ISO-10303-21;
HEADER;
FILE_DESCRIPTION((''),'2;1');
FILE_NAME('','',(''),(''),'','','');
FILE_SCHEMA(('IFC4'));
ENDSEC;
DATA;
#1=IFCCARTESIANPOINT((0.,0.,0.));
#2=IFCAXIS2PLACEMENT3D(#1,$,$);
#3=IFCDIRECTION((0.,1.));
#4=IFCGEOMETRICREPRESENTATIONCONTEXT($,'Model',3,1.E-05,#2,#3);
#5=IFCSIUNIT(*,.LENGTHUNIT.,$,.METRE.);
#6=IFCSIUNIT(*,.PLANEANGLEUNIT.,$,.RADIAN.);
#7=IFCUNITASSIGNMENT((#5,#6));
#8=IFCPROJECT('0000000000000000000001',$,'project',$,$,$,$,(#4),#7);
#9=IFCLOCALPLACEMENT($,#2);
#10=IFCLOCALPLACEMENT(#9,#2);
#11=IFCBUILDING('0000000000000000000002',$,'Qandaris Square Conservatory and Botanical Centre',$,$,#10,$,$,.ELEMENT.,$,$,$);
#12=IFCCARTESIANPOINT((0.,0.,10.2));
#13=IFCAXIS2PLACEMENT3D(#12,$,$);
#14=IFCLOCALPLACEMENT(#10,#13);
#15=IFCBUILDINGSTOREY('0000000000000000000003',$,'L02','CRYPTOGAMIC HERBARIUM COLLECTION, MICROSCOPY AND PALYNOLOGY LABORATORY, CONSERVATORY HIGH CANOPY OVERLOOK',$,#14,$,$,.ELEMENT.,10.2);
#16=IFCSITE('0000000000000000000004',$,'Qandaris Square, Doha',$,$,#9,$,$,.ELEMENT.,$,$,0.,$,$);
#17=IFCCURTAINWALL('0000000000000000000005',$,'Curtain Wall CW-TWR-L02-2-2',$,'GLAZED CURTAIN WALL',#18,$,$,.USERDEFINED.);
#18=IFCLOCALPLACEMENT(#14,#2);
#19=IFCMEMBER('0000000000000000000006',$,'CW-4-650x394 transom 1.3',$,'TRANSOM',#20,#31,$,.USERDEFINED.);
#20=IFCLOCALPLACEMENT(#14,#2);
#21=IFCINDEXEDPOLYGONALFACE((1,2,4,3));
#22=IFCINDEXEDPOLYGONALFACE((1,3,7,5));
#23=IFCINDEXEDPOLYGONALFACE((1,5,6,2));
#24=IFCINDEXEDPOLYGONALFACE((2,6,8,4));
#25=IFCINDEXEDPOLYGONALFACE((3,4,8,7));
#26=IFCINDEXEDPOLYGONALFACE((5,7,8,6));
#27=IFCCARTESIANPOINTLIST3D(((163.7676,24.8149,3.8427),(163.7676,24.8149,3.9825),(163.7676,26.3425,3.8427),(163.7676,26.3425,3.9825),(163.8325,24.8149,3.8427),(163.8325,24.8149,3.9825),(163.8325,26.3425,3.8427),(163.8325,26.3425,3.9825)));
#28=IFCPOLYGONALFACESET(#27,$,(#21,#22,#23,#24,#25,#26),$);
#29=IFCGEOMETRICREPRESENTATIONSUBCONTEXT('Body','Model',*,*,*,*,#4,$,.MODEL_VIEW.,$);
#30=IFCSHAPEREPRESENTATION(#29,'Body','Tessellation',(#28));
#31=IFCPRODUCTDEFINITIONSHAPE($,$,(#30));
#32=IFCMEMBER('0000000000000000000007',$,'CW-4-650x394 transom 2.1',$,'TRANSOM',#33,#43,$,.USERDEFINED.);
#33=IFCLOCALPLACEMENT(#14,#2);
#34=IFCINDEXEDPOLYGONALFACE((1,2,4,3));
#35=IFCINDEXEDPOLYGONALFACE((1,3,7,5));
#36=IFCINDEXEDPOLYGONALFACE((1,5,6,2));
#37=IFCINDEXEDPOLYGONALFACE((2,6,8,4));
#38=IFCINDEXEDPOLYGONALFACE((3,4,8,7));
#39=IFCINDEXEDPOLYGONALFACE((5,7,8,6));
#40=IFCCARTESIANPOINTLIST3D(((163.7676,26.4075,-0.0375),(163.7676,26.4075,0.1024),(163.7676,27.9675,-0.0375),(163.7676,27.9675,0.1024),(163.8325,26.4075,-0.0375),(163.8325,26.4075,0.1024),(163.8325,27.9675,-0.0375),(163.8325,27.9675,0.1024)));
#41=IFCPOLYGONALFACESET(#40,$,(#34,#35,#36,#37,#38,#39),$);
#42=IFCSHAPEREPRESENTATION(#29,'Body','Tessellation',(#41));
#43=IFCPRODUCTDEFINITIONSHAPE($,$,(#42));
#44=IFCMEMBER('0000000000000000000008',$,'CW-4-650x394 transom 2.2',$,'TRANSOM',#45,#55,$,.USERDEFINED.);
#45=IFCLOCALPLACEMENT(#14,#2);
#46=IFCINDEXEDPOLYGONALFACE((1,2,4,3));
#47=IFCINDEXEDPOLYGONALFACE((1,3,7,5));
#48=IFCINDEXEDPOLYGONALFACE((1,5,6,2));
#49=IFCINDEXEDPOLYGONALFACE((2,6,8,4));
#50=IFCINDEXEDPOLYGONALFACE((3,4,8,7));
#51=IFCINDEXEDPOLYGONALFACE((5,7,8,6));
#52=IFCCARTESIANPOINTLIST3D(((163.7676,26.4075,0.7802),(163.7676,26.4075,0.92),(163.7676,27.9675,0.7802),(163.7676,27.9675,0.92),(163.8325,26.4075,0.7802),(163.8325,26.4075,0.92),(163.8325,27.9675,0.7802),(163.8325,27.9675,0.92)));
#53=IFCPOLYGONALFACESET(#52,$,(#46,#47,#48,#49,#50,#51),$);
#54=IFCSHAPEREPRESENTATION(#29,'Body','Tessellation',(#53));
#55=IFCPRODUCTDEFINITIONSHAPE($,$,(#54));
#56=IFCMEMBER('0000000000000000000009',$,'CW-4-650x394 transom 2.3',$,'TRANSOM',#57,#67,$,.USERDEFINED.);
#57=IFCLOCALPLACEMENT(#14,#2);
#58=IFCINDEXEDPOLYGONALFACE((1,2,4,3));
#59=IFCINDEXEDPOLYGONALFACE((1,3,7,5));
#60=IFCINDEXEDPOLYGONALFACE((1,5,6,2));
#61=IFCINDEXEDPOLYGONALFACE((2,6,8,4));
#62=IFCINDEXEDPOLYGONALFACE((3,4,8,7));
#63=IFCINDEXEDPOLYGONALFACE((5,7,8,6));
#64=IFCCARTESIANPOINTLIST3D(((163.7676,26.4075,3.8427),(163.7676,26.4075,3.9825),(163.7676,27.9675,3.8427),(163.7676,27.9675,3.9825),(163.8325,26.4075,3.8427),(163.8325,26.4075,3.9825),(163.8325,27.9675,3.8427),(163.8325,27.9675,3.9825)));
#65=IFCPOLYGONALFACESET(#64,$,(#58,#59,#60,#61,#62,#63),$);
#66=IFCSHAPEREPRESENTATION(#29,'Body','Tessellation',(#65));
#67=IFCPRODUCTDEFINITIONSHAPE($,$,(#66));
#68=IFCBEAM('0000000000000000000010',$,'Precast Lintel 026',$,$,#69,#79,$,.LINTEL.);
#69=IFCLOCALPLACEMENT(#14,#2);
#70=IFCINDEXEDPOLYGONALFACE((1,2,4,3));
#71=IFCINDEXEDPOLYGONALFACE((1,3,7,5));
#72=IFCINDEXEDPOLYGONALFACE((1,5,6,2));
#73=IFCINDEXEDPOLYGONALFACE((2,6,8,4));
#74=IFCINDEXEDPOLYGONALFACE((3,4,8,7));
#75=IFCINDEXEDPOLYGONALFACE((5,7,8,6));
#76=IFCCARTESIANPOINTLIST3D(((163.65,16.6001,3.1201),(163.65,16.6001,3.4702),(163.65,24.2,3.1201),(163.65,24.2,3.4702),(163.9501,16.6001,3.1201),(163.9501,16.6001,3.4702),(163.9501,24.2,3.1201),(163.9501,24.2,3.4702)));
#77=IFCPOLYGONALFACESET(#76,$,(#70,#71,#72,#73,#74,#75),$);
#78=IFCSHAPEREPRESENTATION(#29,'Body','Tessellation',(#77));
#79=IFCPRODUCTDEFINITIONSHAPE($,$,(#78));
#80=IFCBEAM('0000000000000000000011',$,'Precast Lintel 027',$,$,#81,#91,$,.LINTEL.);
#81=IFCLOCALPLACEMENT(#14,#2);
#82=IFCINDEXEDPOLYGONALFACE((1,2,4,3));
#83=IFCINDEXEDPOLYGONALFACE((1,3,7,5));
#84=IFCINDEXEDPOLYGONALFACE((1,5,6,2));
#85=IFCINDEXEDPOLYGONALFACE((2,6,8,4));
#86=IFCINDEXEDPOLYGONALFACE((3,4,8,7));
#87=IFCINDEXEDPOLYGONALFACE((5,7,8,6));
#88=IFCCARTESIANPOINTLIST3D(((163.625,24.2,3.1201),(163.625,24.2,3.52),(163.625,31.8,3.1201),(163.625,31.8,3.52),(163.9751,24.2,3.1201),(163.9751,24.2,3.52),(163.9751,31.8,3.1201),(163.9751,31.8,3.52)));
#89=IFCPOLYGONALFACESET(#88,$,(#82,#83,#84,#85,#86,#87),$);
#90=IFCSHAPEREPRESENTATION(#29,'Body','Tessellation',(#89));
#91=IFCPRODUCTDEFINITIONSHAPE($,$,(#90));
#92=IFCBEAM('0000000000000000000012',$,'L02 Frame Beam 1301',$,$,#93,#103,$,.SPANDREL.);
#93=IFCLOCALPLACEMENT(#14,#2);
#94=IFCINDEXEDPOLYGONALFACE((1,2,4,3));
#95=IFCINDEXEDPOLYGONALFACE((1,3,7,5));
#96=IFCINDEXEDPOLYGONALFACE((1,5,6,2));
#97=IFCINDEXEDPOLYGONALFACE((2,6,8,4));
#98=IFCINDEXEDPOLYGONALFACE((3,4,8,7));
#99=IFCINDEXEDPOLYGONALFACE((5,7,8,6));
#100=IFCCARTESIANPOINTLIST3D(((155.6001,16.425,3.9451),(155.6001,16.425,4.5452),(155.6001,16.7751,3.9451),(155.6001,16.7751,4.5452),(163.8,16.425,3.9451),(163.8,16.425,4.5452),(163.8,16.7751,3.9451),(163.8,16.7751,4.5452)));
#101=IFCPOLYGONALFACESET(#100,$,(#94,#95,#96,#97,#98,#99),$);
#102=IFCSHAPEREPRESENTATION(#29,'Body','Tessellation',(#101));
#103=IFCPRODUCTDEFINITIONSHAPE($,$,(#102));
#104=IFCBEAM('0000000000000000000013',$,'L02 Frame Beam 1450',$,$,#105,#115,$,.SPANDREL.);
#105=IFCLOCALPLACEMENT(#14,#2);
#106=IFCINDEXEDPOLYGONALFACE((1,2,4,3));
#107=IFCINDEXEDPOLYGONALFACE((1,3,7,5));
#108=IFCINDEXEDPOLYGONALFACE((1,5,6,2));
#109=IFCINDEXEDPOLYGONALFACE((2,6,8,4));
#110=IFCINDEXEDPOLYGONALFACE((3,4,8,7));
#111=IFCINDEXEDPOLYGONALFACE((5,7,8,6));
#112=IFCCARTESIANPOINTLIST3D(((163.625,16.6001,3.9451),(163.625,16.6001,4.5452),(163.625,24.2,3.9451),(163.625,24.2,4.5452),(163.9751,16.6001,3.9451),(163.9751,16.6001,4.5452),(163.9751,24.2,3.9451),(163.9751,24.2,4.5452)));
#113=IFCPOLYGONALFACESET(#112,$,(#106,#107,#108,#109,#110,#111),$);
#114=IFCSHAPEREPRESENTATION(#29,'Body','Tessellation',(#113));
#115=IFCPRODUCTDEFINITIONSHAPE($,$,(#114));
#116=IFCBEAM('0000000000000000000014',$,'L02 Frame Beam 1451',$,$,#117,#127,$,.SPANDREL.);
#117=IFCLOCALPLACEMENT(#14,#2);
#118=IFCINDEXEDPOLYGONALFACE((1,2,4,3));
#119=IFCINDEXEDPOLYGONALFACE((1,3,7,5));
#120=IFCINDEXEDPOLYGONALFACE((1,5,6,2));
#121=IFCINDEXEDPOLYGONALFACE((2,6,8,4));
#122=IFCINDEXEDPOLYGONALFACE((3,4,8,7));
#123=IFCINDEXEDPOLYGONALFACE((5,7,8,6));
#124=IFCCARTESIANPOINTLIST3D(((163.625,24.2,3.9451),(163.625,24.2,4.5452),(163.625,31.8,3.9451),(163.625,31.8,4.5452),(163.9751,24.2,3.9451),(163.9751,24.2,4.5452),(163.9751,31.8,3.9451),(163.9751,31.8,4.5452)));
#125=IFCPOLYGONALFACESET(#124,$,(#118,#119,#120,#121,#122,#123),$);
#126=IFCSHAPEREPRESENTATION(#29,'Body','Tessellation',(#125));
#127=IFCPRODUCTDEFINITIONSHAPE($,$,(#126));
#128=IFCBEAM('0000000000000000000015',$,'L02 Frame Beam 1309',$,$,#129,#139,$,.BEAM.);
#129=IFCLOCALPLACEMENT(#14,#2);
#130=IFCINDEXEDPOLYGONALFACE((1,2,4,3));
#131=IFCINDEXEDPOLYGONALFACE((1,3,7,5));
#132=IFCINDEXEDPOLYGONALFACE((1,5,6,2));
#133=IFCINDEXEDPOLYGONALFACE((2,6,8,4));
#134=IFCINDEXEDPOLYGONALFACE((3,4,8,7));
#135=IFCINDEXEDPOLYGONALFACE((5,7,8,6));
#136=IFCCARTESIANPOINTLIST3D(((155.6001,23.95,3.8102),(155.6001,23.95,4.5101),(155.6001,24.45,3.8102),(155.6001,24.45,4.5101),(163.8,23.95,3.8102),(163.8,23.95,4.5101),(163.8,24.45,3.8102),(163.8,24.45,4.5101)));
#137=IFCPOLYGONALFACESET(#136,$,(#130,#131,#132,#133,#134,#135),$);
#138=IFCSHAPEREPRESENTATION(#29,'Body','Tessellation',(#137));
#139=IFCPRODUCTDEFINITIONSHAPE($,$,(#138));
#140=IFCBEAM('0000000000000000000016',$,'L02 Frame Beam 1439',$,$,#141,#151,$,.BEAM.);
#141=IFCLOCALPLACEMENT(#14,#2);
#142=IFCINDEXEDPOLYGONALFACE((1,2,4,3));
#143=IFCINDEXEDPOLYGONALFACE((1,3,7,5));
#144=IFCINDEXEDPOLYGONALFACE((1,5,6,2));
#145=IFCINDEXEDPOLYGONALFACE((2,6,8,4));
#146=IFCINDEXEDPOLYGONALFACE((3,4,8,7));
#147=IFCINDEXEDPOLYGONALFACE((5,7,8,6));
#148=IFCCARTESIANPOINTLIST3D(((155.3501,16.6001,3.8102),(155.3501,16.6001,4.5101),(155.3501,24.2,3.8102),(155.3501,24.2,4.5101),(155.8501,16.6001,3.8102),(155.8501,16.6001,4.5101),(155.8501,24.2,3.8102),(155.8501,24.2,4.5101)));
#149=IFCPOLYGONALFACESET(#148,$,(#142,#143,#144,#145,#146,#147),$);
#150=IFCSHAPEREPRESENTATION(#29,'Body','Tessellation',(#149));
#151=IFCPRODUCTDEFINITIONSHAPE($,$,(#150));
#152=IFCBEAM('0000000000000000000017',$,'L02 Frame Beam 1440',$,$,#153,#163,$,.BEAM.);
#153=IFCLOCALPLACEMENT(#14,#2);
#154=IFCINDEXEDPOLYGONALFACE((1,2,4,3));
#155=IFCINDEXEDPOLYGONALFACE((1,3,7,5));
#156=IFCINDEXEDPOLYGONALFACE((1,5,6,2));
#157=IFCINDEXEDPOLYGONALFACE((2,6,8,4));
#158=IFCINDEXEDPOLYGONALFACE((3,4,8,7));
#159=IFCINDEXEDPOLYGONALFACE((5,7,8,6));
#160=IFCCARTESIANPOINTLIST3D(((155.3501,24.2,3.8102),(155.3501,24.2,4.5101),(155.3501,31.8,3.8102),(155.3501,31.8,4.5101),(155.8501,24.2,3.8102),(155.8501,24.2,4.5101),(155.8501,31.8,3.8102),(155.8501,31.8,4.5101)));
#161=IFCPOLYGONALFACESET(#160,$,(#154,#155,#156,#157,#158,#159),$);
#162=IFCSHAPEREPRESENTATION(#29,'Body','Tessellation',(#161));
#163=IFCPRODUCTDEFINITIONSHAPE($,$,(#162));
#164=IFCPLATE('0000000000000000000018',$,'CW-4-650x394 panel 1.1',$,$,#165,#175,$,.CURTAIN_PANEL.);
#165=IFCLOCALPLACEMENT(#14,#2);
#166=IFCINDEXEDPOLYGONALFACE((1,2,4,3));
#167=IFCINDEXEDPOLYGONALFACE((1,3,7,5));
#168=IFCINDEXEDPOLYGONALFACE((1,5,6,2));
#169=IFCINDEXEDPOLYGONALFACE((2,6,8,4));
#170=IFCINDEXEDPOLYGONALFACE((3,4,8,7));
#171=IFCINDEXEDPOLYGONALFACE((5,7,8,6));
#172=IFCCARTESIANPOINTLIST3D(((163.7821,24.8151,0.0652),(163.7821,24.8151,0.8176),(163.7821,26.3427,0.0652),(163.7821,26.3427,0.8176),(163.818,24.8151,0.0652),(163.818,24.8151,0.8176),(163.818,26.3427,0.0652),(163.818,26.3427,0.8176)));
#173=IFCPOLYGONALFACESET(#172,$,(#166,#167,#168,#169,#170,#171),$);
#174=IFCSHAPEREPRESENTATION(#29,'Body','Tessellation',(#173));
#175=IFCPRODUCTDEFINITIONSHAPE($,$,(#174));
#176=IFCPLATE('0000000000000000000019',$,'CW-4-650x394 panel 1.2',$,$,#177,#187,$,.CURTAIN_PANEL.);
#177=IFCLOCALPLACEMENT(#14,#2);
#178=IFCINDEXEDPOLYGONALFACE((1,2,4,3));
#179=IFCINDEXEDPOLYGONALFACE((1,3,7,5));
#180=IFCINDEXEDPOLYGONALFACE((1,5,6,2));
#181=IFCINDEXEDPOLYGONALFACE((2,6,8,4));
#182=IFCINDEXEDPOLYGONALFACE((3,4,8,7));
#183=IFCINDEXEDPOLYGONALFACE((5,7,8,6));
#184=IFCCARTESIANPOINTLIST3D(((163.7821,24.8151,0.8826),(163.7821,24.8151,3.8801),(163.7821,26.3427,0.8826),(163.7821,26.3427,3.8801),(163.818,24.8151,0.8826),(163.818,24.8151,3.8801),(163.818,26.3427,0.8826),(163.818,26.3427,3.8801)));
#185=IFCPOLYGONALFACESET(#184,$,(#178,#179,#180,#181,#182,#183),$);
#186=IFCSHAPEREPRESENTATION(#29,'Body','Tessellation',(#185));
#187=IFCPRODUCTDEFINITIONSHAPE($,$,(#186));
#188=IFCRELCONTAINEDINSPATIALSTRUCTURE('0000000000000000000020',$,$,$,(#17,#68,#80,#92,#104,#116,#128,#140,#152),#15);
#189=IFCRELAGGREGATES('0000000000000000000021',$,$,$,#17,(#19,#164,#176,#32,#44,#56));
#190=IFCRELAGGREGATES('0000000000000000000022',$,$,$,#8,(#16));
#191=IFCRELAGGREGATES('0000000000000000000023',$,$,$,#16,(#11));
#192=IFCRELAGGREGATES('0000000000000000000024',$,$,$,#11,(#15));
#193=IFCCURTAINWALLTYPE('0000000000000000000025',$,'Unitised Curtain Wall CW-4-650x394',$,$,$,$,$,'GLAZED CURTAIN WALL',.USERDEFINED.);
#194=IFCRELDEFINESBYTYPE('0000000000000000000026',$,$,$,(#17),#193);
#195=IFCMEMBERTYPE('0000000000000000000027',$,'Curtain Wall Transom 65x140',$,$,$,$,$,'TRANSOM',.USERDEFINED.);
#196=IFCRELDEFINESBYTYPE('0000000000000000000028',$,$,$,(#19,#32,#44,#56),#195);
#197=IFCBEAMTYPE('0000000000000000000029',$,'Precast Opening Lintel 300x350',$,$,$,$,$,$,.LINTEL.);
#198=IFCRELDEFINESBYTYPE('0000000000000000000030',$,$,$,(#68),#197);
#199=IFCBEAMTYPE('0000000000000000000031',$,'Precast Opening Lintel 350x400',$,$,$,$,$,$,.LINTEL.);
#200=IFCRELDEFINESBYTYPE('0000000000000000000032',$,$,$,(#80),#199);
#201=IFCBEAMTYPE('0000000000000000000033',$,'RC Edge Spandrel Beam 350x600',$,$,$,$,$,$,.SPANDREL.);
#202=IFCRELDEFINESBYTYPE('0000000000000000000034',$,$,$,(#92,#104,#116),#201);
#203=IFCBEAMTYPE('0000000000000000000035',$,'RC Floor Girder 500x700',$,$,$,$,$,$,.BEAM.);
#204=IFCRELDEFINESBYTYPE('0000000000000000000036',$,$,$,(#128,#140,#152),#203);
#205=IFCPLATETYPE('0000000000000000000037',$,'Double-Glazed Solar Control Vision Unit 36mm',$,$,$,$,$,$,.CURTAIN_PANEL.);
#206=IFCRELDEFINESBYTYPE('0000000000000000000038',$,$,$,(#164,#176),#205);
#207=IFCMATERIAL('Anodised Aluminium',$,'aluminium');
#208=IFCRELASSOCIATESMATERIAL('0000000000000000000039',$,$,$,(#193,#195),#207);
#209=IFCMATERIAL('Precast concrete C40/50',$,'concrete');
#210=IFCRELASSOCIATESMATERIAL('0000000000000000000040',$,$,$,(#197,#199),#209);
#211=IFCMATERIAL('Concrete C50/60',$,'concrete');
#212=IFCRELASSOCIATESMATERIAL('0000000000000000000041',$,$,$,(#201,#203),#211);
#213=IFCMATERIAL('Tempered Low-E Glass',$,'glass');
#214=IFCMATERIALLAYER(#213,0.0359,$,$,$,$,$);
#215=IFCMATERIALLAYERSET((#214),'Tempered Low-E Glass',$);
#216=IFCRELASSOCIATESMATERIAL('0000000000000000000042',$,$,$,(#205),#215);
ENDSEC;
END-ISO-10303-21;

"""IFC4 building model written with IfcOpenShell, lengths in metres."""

from ifc_helpers import new_model, si_unit, direction, frame, origin, origin_2d, place, context, subcontext, project, spatial, rectangle, extrude, material, layer, layer_set, material_profile, profile_set, type_object, element, aggregate, save


model = new_model("IFC4")

# Units and contexts
model_context = context("Model", 3, precision=1e-05, world=origin(), true_north=direction((0.0, 1.0)))
body_context = subcontext(model_context, "Body", "Model", "MODEL_VIEW")
ifc_project = project(units=[si_unit("LENGTHUNIT", "METRE"), si_unit("PLANEANGLEUNIT", "RADIAN")], contexts=[model_context])

# Site, building, storey
site_placement = place(None, origin())
site = spatial("IfcSite", under=ifc_project, at=site_placement, Name="Qandaris Square, Doha", CompositionType="ELEMENT", RefElevation=0.0)
building_placement = place(site_placement, origin())
building = spatial("IfcBuilding", under=site, at=building_placement, Name="Qandaris Square Conservatory and Botanical Centre", CompositionType="ELEMENT")
storey_placement = place(building_placement, frame((0.0, 0.0, 10.2)))
storey = spatial("IfcBuildingStorey", under=building, at=storey_placement, Name="L02", Description="CRYPTOGAMIC HERBARIUM COLLECTION, MICROSCOPY AND PALYNOLOGY LABORATORY, CONSERVATORY HIGH CANOPY OVERLOOK", CompositionType="ELEMENT", Elevation=10.2)

# Shared definitions
ifc_material_1 = material(Name="Concrete C50/60", Category="concrete")

# Curtain wall, members
ifc_material_2 = material(Name="Anodised Aluminium", Category="aluminium")
curtain_wall_type = type_object("IfcCurtainWallType", Name="Unitised Curtain Wall CW-4-650x394", ElementType="GLAZED CURTAIN WALL", PredefinedType="USERDEFINED", material=ifc_material_2)
curtain_wall_placement = place(storey_placement, origin())
curtain_wall = element("IfcCurtainWall", 1, at=curtain_wall_placement, inside=storey, type_object=curtain_wall_type, Name="Curtain Wall CW-TWR-L02-2-2", ObjectType="GLAZED CURTAIN WALL", PredefinedType="USERDEFINED")
ifc_material_profile_1 = material_profile(ifc_material_2, rectangle(XDim=0.0649, YDim=0.1399, at=origin_2d()), Name="ALU-TRN 65x140")
ifc_profile_set_1 = profile_set([ifc_material_profile_1], Name="Anodised Aluminium")
member_type_1 = type_object("IfcMemberType", Name="Curtain Wall Transom 65x140", ElementType="TRANSOM", PredefinedType="USERDEFINED", material=ifc_profile_set_1)
member_1_placement = place(storey_placement, frame((163.8, 24.8149, 3.9126), z_axis=(0.0, 1.0, 0.0), x_axis=(-1.0, 0.0, 0.0)))
member_1 = element("IfcMember", 2, at=member_1_placement, type_object=member_type_1, Name="CW-4-650x394 transom 1.3", ObjectType="TRANSOM", PredefinedType="USERDEFINED", context=body_context, shape_type="SweptSolid", body=[
    extrude(rectangle(XDim=0.0649, YDim=0.1399, at=origin_2d()), origin(), (0.0, 0.0, 1.0), 1.5276),
])
member_2_placement = place(storey_placement, frame((163.8, 26.4075, 0.0325), z_axis=(0.0, 1.0, 0.0), x_axis=(-1.0, 0.0, 0.0)))
member_2 = element("IfcMember", 3, at=member_2_placement, type_object=member_type_1, Name="CW-4-650x394 transom 2.1", ObjectType="TRANSOM", PredefinedType="USERDEFINED", context=body_context, shape_type="SweptSolid", body=[
    extrude(rectangle(XDim=0.0649, YDim=0.1399, at=origin_2d()), origin(), (0.0, 0.0, 1.0), 1.5601),
])
member_3_placement = place(storey_placement, frame((163.8, 26.4075, 0.8501), z_axis=(0.0, 1.0, 0.0), x_axis=(-1.0, 0.0, 0.0)))
member_3 = element("IfcMember", 4, at=member_3_placement, type_object=member_type_1, Name="CW-4-650x394 transom 2.2", ObjectType="TRANSOM", PredefinedType="USERDEFINED", context=body_context, shape_type="SweptSolid", body=[
    extrude(rectangle(XDim=0.0649, YDim=0.1399, at=origin_2d()), origin(), (0.0, 0.0, 1.0), 1.5601),
])
member_4_placement = place(storey_placement, frame((163.8, 26.4075, 3.9126), z_axis=(0.0, 1.0, 0.0), x_axis=(-1.0, 0.0, 0.0)))
member_4 = element("IfcMember", 5, at=member_4_placement, type_object=member_type_1, Name="CW-4-650x394 transom 2.3", ObjectType="TRANSOM", PredefinedType="USERDEFINED", context=body_context, shape_type="SweptSolid", body=[
    extrude(rectangle(XDim=0.0649, YDim=0.1399, at=origin_2d()), origin(), (0.0, 0.0, 1.0), 1.5601),
])

# Beams
ifc_material_3 = material(Name="Precast concrete C40/50", Category="concrete")
ifc_material_profile_2 = material_profile(ifc_material_3, rectangle(XDim=0.3, YDim=0.3501, at=origin_2d()), Name="RC-LN 300x350")
ifc_profile_set_2 = profile_set([ifc_material_profile_2], Name="Precast concrete C40/50")
beam_type_1 = type_object("IfcBeamType", Name="Precast Opening Lintel 300x350", PredefinedType="LINTEL", material=ifc_profile_set_2)
beam_1_placement = place(storey_placement, frame((163.8, 16.6001, 3.2952), z_axis=(0.0, 1.0, 0.0), x_axis=(-1.0, 0.0, 0.0)))
element("IfcBeam", 6, at=beam_1_placement, inside=storey, type_object=beam_type_1, Name="Precast Lintel 026", PredefinedType="LINTEL", context=body_context, shape_type="SweptSolid", body=[
    extrude(rectangle(XDim=0.3, YDim=0.3501, at=origin_2d()), origin(), (0.0, 0.0, 1.0), 7.5999),
])
ifc_material_profile_3 = material_profile(ifc_material_3, rectangle(XDim=0.3501, YDim=0.3999, at=origin_2d()), Name="RC-LN 350x400")
ifc_profile_set_3 = profile_set([ifc_material_profile_3], Name="Precast concrete C40/50")
beam_type_2 = type_object("IfcBeamType", Name="Precast Opening Lintel 350x400", PredefinedType="LINTEL", material=ifc_profile_set_3)
beam_2_placement = place(storey_placement, frame((163.8, 24.2, 3.3201), z_axis=(0.0, 1.0, 0.0), x_axis=(-1.0, 0.0, 0.0)))
element("IfcBeam", 7, at=beam_2_placement, inside=storey, type_object=beam_type_2, Name="Precast Lintel 027", PredefinedType="LINTEL", context=body_context, shape_type="SweptSolid", body=[
    extrude(rectangle(XDim=0.3501, YDim=0.3999, at=origin_2d()), origin(), (0.0, 0.0, 1.0), 7.6001),
])
ifc_material_profile_4 = material_profile(ifc_material_1, rectangle(XDim=0.3501, YDim=0.6001, at=origin_2d()), Name="RC-SP 350x600")
ifc_profile_set_4 = profile_set([ifc_material_profile_4], Name="Concrete C50/60")
beam_type_3 = type_object("IfcBeamType", Name="RC Edge Spandrel Beam 350x600", PredefinedType="SPANDREL", material=ifc_profile_set_4)
beam_3_placement = place(storey_placement, frame((155.6001, 16.6001, 4.2451), z_axis=(1.0, 0.0, 0.0), x_axis=(0.0, 1.0, 0.0)))
element("IfcBeam", 8, at=beam_3_placement, inside=storey, type_object=beam_type_3, Name="L02 Frame Beam 1301", PredefinedType="SPANDREL", context=body_context, shape_type="SweptSolid", body=[
    extrude(rectangle(XDim=0.3501, YDim=0.6001, at=origin_2d()), origin(), (0.0, 0.0, 1.0), 8.2),
])
beam_4_placement = place(storey_placement, frame((163.8, 16.6001, 4.2451), z_axis=(0.0, 1.0, 0.0), x_axis=(-1.0, 0.0, 0.0)))
element("IfcBeam", 9, at=beam_4_placement, inside=storey, type_object=beam_type_3, Name="L02 Frame Beam 1450", PredefinedType="SPANDREL", context=body_context, shape_type="SweptSolid", body=[
    extrude(rectangle(XDim=0.3501, YDim=0.6001, at=origin_2d()), origin(), (0.0, 0.0, 1.0), 7.5999),
])
beam_5_placement = place(storey_placement, frame((163.8, 24.2, 4.2451), z_axis=(0.0, 1.0, 0.0), x_axis=(-1.0, 0.0, 0.0)))
element("IfcBeam", 10, at=beam_5_placement, inside=storey, type_object=beam_type_3, Name="L02 Frame Beam 1451", PredefinedType="SPANDREL", context=body_context, shape_type="SweptSolid", body=[
    extrude(rectangle(XDim=0.3501, YDim=0.6001, at=origin_2d()), origin(), (0.0, 0.0, 1.0), 7.6001),
])
ifc_material_profile_5 = material_profile(ifc_material_1, rectangle(XDim=0.5, YDim=0.7, at=origin_2d()), Name="RC-BM 500x700")
ifc_profile_set_5 = profile_set([ifc_material_profile_5], Name="Concrete C50/60")
beam_type_4 = type_object("IfcBeamType", Name="RC Floor Girder 500x700", PredefinedType="BEAM", material=ifc_profile_set_5)
beam_6_placement = place(storey_placement, frame((155.6001, 24.2, 4.1602), z_axis=(1.0, 0.0, 0.0), x_axis=(0.0, 1.0, 0.0)))
element("IfcBeam", 11, at=beam_6_placement, inside=storey, type_object=beam_type_4, Name="L02 Frame Beam 1309", PredefinedType="BEAM", context=body_context, shape_type="SweptSolid", body=[
    extrude(rectangle(XDim=0.5, YDim=0.7, at=origin_2d()), origin(), (0.0, 0.0, 1.0), 8.2),
])
beam_7_placement = place(storey_placement, frame((155.6001, 16.6001, 4.1602), z_axis=(0.0, 1.0, 0.0), x_axis=(-1.0, 0.0, 0.0)))
element("IfcBeam", 12, at=beam_7_placement, inside=storey, type_object=beam_type_4, Name="L02 Frame Beam 1439", PredefinedType="BEAM", context=body_context, shape_type="SweptSolid", body=[
    extrude(rectangle(XDim=0.5, YDim=0.7, at=origin_2d()), origin(), (0.0, 0.0, 1.0), 7.5999),
])
beam_8_placement = place(storey_placement, frame((155.6001, 24.2, 4.1602), z_axis=(0.0, 1.0, 0.0), x_axis=(-1.0, 0.0, 0.0)))
element("IfcBeam", 13, at=beam_8_placement, inside=storey, type_object=beam_type_4, Name="L02 Frame Beam 1440", PredefinedType="BEAM", context=body_context, shape_type="SweptSolid", body=[
    extrude(rectangle(XDim=0.5, YDim=0.7, at=origin_2d()), origin(), (0.0, 0.0, 1.0), 7.6001),
])

# Plates
ifc_material_4 = material(Name="Tempered Low-E Glass", Category="glass")
ifc_layer_1 = layer(ifc_material_4, 0.0359)
ifc_layer_set_1 = layer_set([ifc_layer_1], Name="Tempered Low-E Glass")
plate_type = type_object("IfcPlateType", Name="Double-Glazed Solar Control Vision Unit 36mm", PredefinedType="CURTAIN_PANEL", material=ifc_layer_set_1)
plate_1_placement = place(storey_placement, frame((163.8, 25.5789, 0.0652), z_axis=(0.0, 0.0, 1.0), x_axis=(0.0, 1.0, 0.0)))
plate_1 = element("IfcPlate", 14, at=plate_1_placement, type_object=plate_type, Name="CW-4-650x394 panel 1.1", PredefinedType="CURTAIN_PANEL", context=body_context, shape_type="SweptSolid", body=[
    extrude(rectangle(XDim=1.5276, YDim=0.0359, at=origin_2d()), origin(), (0.0, 0.0, 1.0), 0.7524),
])
plate_2_placement = place(storey_placement, frame((163.8, 25.5789, 0.8826), z_axis=(0.0, 0.0, 1.0), x_axis=(0.0, 1.0, 0.0)))
plate_2 = element("IfcPlate", 15, at=plate_2_placement, type_object=plate_type, Name="CW-4-650x394 panel 1.2", PredefinedType="CURTAIN_PANEL", context=body_context, shape_type="SweptSolid", body=[
    extrude(rectangle(XDim=1.5276, YDim=0.0359, at=origin_2d()), origin(), (0.0, 0.0, 1.0), 2.9976),
])
aggregate(curtain_wall, [member_1, plate_1, plate_2, member_2, member_3, member_4])

save(model, "model.ifc")
